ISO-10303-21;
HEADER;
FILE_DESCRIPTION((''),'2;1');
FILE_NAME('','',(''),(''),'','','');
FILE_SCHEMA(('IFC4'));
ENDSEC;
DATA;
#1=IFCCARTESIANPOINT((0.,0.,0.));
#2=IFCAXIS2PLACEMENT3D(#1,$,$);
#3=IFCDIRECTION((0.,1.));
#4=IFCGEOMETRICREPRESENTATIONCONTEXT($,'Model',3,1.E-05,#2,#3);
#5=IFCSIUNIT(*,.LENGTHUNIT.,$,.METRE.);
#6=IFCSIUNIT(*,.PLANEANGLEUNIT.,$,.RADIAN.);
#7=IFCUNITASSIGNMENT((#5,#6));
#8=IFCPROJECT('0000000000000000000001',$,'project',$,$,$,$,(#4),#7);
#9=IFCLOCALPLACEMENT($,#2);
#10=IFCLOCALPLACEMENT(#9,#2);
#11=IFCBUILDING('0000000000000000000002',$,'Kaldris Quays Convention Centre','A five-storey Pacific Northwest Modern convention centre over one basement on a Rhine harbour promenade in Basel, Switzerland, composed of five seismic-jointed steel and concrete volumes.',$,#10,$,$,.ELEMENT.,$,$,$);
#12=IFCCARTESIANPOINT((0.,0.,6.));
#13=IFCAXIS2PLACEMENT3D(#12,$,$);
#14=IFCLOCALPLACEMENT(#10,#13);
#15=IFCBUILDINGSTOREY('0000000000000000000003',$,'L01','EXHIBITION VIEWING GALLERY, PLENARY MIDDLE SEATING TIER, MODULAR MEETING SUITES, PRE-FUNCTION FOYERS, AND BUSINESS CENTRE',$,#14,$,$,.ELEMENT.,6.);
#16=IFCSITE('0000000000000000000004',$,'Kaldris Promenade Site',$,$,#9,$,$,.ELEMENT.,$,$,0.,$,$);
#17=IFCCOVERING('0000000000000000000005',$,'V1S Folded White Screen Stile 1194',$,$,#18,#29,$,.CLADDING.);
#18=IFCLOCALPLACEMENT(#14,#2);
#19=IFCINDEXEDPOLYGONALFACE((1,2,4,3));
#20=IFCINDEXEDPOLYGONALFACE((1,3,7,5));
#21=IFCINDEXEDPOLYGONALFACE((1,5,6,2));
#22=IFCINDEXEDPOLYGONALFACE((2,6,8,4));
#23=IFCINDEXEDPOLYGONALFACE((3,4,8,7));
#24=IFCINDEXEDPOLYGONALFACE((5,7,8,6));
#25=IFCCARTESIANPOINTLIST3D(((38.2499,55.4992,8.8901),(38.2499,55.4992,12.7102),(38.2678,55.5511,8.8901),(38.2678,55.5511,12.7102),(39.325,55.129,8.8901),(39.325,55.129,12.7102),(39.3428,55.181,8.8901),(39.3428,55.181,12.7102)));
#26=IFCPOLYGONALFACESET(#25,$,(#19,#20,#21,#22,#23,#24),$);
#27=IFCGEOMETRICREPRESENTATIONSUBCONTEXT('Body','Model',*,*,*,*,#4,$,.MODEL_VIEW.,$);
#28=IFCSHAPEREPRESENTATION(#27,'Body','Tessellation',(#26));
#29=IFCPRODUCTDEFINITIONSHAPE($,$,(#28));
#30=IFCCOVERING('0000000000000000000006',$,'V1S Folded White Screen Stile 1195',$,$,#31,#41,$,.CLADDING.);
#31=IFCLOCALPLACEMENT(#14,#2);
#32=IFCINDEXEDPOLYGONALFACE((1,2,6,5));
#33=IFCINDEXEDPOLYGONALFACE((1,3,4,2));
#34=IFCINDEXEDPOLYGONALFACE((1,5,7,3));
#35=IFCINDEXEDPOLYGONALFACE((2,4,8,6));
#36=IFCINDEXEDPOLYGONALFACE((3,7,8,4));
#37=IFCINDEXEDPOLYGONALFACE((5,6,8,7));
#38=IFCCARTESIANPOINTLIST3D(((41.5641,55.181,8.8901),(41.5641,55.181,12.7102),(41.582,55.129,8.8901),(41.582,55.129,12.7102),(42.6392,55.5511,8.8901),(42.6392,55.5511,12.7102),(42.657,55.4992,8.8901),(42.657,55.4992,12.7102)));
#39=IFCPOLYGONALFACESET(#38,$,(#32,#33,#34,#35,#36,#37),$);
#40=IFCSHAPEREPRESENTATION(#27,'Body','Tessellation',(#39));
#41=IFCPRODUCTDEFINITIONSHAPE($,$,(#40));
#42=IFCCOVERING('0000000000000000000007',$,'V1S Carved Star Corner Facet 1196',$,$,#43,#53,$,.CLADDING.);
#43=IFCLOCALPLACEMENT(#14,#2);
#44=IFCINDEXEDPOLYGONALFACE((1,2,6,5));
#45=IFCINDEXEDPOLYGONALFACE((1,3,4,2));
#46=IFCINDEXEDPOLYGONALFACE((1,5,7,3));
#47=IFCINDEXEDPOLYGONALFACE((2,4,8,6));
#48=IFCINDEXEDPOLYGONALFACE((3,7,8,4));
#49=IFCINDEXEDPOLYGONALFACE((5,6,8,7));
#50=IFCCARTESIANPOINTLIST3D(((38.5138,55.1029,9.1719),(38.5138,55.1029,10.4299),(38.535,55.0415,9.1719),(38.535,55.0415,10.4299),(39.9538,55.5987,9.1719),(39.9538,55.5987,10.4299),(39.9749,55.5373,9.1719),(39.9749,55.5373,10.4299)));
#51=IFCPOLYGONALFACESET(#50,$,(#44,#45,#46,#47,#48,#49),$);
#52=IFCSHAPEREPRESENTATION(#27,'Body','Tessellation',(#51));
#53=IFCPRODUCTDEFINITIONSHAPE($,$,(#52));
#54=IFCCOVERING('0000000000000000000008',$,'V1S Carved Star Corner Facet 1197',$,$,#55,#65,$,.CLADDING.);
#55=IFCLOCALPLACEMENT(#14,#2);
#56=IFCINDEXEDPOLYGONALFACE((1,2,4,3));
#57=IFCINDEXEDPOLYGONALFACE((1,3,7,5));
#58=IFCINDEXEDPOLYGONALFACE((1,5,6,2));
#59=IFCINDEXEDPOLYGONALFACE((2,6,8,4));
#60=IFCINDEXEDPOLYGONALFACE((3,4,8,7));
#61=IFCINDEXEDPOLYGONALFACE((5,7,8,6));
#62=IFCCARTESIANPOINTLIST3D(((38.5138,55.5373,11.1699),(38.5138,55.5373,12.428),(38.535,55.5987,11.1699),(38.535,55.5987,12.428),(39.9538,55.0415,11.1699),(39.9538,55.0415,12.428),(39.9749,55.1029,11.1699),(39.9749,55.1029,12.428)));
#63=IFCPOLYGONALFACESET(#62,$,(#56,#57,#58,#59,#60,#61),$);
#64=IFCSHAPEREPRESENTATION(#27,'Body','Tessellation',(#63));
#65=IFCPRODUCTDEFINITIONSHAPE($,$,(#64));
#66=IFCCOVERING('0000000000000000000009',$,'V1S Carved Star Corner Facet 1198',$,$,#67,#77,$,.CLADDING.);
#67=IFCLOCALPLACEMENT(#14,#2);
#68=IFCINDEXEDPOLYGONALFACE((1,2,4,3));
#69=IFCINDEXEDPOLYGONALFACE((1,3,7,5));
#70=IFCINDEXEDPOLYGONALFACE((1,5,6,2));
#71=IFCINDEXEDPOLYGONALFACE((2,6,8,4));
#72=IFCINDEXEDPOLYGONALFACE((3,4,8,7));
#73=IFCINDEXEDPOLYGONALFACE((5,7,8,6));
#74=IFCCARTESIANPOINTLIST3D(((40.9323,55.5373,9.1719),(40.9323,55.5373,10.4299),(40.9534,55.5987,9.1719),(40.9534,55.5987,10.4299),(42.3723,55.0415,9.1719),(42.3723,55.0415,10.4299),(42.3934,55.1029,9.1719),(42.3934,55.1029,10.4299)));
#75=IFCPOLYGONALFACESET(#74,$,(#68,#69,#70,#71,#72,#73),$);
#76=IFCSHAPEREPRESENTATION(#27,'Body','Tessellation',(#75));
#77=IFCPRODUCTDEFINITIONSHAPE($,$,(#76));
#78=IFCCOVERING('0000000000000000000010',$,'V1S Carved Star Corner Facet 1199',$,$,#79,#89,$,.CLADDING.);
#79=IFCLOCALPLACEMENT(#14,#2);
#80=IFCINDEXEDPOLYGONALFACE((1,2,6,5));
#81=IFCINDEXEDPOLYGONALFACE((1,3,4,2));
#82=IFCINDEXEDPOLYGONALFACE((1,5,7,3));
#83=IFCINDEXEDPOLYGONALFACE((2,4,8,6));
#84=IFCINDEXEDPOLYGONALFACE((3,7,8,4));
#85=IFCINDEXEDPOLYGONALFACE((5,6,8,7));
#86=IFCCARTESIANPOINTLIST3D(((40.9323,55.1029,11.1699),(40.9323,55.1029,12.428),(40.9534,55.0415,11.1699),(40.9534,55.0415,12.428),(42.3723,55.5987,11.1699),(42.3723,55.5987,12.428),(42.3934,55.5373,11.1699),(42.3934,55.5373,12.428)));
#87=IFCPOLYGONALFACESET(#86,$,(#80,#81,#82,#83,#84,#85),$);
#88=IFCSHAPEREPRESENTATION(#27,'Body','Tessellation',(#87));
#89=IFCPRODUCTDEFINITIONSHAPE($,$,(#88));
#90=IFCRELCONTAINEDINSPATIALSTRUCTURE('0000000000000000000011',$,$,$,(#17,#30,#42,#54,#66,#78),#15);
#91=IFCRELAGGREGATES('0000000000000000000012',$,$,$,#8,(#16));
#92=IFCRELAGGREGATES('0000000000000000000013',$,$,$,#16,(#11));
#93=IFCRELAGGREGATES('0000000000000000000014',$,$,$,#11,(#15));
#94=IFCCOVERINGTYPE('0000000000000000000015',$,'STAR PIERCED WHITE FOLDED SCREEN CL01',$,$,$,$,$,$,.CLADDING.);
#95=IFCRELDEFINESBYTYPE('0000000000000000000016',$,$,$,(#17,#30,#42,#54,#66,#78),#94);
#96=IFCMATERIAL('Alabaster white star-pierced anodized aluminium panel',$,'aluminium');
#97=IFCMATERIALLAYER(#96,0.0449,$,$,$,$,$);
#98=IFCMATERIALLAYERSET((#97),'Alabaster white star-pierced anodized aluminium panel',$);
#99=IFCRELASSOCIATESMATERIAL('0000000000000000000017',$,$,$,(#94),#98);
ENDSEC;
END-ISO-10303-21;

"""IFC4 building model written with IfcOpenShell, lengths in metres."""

from ifc_helpers import new_model, si_unit, direction, frame, origin, origin_2d, place, context, subcontext, project, spatial, rectangle, extrude, material, layer, layer_set, type_object, element, save


model = new_model("IFC4")

# Units and contexts
model_context = context("Model", 3, precision=1e-05, world=origin(), true_north=direction((0.0, 1.0)))
body_context = subcontext(model_context, "Body", "Model", "MODEL_VIEW")
ifc_project = project(units=[si_unit("LENGTHUNIT", "METRE"), si_unit("PLANEANGLEUNIT", "RADIAN")], contexts=[model_context])

# Site, building, storey
site_placement = place(None, origin())
site = spatial("IfcSite", under=ifc_project, at=site_placement, Name="Kaldris Promenade Site", CompositionType="ELEMENT", RefElevation=0.0)
building_placement = place(site_placement, origin())
building = spatial("IfcBuilding", under=site, at=building_placement, Name="Kaldris Quays Convention Centre", Description="A five-storey Pacific Northwest Modern convention centre over one basement on a Rhine harbour promenade in Basel, Switzerland, composed of five seismic-jointed steel and concrete volumes.", CompositionType="ELEMENT")
storey_placement = place(building_placement, frame((0.0, 0.0, 6.0)))
storey = spatial("IfcBuildingStorey", under=building, at=storey_placement, Name="L01", Description="EXHIBITION VIEWING GALLERY, PLENARY MIDDLE SEATING TIER, MODULAR MEETING SUITES, PRE-FUNCTION FOYERS, AND BUSINESS CENTRE", CompositionType="ELEMENT", Elevation=6.0)

# Coverings
ifc_material_1 = material(Name="Alabaster white star-pierced anodized aluminium panel", Category="aluminium")
ifc_layer = layer(ifc_material_1, 0.0449)
ifc_layer_set = layer_set([ifc_layer], Name="Alabaster white star-pierced anodized aluminium panel")
covering_type = type_object("IfcCoveringType", Name="STAR PIERCED WHITE FOLDED SCREEN CL01", PredefinedType="CLADDING", material=ifc_layer_set)
for number, where, z_axis, x_axis, name in (
    (1, (38.7964, 55.3401, 8.8901), (0.0, 0.0, 1.0), (0.945519, -0.325568, 0.0), "V1S Folded White Screen Stile 1194"),
    (2, (42.1106, 55.3401, 8.8901), (0.0, 0.0, 1.0), (0.945519, 0.325568, 0.0), "V1S Folded White Screen Stile 1195"),
):
    element("IfcCovering", number, at=place(storey_placement, frame(where, z_axis=z_axis, x_axis=x_axis)), inside=storey, type_object=covering_type, Name=name, PredefinedType="CLADDING", context=body_context, shape_type="SweptSolid", body=[
        extrude(rectangle(XDim=1.137, YDim=0.0549, at=origin_2d()), origin(), (0.0, 0.0, 1.0), 3.8201),
    ])
for number, where, z_axis, x_axis, name in (
    (3, (39.2444, 55.3201, 9.1719), (0.0, 0.0, 1.0), (0.945519, 0.325568, 0.0), "V1S Carved Star Corner Facet 1196"),
    (4, (39.2444, 55.3201, 11.1699), (0.0, 0.0, 1.0), (0.945519, -0.325568, 0.0), "V1S Carved Star Corner Facet 1197"),
    (5, (41.6628, 55.3201, 9.1719), (0.0, 0.0, 1.0), (0.945519, -0.325568, 0.0), "V1S Carved Star Corner Facet 1198"),
    (6, (41.6628, 55.3201, 11.1699), (0.0, 0.0, 1.0), (0.945519, 0.325568, 0.0), "V1S Carved Star Corner Facet 1199"),
):
    element("IfcCovering", number, at=place(storey_placement, frame(where, z_axis=z_axis, x_axis=x_axis)), inside=storey, type_object=covering_type, Name=name, PredefinedType="CLADDING", context=body_context, shape_type="SweptSolid", body=[
        extrude(rectangle(XDim=1.5229, YDim=0.0649, at=origin_2d()), origin(), (0.0, 0.0, 1.0), 1.2581),
    ])

save(model, "model.ifc")
